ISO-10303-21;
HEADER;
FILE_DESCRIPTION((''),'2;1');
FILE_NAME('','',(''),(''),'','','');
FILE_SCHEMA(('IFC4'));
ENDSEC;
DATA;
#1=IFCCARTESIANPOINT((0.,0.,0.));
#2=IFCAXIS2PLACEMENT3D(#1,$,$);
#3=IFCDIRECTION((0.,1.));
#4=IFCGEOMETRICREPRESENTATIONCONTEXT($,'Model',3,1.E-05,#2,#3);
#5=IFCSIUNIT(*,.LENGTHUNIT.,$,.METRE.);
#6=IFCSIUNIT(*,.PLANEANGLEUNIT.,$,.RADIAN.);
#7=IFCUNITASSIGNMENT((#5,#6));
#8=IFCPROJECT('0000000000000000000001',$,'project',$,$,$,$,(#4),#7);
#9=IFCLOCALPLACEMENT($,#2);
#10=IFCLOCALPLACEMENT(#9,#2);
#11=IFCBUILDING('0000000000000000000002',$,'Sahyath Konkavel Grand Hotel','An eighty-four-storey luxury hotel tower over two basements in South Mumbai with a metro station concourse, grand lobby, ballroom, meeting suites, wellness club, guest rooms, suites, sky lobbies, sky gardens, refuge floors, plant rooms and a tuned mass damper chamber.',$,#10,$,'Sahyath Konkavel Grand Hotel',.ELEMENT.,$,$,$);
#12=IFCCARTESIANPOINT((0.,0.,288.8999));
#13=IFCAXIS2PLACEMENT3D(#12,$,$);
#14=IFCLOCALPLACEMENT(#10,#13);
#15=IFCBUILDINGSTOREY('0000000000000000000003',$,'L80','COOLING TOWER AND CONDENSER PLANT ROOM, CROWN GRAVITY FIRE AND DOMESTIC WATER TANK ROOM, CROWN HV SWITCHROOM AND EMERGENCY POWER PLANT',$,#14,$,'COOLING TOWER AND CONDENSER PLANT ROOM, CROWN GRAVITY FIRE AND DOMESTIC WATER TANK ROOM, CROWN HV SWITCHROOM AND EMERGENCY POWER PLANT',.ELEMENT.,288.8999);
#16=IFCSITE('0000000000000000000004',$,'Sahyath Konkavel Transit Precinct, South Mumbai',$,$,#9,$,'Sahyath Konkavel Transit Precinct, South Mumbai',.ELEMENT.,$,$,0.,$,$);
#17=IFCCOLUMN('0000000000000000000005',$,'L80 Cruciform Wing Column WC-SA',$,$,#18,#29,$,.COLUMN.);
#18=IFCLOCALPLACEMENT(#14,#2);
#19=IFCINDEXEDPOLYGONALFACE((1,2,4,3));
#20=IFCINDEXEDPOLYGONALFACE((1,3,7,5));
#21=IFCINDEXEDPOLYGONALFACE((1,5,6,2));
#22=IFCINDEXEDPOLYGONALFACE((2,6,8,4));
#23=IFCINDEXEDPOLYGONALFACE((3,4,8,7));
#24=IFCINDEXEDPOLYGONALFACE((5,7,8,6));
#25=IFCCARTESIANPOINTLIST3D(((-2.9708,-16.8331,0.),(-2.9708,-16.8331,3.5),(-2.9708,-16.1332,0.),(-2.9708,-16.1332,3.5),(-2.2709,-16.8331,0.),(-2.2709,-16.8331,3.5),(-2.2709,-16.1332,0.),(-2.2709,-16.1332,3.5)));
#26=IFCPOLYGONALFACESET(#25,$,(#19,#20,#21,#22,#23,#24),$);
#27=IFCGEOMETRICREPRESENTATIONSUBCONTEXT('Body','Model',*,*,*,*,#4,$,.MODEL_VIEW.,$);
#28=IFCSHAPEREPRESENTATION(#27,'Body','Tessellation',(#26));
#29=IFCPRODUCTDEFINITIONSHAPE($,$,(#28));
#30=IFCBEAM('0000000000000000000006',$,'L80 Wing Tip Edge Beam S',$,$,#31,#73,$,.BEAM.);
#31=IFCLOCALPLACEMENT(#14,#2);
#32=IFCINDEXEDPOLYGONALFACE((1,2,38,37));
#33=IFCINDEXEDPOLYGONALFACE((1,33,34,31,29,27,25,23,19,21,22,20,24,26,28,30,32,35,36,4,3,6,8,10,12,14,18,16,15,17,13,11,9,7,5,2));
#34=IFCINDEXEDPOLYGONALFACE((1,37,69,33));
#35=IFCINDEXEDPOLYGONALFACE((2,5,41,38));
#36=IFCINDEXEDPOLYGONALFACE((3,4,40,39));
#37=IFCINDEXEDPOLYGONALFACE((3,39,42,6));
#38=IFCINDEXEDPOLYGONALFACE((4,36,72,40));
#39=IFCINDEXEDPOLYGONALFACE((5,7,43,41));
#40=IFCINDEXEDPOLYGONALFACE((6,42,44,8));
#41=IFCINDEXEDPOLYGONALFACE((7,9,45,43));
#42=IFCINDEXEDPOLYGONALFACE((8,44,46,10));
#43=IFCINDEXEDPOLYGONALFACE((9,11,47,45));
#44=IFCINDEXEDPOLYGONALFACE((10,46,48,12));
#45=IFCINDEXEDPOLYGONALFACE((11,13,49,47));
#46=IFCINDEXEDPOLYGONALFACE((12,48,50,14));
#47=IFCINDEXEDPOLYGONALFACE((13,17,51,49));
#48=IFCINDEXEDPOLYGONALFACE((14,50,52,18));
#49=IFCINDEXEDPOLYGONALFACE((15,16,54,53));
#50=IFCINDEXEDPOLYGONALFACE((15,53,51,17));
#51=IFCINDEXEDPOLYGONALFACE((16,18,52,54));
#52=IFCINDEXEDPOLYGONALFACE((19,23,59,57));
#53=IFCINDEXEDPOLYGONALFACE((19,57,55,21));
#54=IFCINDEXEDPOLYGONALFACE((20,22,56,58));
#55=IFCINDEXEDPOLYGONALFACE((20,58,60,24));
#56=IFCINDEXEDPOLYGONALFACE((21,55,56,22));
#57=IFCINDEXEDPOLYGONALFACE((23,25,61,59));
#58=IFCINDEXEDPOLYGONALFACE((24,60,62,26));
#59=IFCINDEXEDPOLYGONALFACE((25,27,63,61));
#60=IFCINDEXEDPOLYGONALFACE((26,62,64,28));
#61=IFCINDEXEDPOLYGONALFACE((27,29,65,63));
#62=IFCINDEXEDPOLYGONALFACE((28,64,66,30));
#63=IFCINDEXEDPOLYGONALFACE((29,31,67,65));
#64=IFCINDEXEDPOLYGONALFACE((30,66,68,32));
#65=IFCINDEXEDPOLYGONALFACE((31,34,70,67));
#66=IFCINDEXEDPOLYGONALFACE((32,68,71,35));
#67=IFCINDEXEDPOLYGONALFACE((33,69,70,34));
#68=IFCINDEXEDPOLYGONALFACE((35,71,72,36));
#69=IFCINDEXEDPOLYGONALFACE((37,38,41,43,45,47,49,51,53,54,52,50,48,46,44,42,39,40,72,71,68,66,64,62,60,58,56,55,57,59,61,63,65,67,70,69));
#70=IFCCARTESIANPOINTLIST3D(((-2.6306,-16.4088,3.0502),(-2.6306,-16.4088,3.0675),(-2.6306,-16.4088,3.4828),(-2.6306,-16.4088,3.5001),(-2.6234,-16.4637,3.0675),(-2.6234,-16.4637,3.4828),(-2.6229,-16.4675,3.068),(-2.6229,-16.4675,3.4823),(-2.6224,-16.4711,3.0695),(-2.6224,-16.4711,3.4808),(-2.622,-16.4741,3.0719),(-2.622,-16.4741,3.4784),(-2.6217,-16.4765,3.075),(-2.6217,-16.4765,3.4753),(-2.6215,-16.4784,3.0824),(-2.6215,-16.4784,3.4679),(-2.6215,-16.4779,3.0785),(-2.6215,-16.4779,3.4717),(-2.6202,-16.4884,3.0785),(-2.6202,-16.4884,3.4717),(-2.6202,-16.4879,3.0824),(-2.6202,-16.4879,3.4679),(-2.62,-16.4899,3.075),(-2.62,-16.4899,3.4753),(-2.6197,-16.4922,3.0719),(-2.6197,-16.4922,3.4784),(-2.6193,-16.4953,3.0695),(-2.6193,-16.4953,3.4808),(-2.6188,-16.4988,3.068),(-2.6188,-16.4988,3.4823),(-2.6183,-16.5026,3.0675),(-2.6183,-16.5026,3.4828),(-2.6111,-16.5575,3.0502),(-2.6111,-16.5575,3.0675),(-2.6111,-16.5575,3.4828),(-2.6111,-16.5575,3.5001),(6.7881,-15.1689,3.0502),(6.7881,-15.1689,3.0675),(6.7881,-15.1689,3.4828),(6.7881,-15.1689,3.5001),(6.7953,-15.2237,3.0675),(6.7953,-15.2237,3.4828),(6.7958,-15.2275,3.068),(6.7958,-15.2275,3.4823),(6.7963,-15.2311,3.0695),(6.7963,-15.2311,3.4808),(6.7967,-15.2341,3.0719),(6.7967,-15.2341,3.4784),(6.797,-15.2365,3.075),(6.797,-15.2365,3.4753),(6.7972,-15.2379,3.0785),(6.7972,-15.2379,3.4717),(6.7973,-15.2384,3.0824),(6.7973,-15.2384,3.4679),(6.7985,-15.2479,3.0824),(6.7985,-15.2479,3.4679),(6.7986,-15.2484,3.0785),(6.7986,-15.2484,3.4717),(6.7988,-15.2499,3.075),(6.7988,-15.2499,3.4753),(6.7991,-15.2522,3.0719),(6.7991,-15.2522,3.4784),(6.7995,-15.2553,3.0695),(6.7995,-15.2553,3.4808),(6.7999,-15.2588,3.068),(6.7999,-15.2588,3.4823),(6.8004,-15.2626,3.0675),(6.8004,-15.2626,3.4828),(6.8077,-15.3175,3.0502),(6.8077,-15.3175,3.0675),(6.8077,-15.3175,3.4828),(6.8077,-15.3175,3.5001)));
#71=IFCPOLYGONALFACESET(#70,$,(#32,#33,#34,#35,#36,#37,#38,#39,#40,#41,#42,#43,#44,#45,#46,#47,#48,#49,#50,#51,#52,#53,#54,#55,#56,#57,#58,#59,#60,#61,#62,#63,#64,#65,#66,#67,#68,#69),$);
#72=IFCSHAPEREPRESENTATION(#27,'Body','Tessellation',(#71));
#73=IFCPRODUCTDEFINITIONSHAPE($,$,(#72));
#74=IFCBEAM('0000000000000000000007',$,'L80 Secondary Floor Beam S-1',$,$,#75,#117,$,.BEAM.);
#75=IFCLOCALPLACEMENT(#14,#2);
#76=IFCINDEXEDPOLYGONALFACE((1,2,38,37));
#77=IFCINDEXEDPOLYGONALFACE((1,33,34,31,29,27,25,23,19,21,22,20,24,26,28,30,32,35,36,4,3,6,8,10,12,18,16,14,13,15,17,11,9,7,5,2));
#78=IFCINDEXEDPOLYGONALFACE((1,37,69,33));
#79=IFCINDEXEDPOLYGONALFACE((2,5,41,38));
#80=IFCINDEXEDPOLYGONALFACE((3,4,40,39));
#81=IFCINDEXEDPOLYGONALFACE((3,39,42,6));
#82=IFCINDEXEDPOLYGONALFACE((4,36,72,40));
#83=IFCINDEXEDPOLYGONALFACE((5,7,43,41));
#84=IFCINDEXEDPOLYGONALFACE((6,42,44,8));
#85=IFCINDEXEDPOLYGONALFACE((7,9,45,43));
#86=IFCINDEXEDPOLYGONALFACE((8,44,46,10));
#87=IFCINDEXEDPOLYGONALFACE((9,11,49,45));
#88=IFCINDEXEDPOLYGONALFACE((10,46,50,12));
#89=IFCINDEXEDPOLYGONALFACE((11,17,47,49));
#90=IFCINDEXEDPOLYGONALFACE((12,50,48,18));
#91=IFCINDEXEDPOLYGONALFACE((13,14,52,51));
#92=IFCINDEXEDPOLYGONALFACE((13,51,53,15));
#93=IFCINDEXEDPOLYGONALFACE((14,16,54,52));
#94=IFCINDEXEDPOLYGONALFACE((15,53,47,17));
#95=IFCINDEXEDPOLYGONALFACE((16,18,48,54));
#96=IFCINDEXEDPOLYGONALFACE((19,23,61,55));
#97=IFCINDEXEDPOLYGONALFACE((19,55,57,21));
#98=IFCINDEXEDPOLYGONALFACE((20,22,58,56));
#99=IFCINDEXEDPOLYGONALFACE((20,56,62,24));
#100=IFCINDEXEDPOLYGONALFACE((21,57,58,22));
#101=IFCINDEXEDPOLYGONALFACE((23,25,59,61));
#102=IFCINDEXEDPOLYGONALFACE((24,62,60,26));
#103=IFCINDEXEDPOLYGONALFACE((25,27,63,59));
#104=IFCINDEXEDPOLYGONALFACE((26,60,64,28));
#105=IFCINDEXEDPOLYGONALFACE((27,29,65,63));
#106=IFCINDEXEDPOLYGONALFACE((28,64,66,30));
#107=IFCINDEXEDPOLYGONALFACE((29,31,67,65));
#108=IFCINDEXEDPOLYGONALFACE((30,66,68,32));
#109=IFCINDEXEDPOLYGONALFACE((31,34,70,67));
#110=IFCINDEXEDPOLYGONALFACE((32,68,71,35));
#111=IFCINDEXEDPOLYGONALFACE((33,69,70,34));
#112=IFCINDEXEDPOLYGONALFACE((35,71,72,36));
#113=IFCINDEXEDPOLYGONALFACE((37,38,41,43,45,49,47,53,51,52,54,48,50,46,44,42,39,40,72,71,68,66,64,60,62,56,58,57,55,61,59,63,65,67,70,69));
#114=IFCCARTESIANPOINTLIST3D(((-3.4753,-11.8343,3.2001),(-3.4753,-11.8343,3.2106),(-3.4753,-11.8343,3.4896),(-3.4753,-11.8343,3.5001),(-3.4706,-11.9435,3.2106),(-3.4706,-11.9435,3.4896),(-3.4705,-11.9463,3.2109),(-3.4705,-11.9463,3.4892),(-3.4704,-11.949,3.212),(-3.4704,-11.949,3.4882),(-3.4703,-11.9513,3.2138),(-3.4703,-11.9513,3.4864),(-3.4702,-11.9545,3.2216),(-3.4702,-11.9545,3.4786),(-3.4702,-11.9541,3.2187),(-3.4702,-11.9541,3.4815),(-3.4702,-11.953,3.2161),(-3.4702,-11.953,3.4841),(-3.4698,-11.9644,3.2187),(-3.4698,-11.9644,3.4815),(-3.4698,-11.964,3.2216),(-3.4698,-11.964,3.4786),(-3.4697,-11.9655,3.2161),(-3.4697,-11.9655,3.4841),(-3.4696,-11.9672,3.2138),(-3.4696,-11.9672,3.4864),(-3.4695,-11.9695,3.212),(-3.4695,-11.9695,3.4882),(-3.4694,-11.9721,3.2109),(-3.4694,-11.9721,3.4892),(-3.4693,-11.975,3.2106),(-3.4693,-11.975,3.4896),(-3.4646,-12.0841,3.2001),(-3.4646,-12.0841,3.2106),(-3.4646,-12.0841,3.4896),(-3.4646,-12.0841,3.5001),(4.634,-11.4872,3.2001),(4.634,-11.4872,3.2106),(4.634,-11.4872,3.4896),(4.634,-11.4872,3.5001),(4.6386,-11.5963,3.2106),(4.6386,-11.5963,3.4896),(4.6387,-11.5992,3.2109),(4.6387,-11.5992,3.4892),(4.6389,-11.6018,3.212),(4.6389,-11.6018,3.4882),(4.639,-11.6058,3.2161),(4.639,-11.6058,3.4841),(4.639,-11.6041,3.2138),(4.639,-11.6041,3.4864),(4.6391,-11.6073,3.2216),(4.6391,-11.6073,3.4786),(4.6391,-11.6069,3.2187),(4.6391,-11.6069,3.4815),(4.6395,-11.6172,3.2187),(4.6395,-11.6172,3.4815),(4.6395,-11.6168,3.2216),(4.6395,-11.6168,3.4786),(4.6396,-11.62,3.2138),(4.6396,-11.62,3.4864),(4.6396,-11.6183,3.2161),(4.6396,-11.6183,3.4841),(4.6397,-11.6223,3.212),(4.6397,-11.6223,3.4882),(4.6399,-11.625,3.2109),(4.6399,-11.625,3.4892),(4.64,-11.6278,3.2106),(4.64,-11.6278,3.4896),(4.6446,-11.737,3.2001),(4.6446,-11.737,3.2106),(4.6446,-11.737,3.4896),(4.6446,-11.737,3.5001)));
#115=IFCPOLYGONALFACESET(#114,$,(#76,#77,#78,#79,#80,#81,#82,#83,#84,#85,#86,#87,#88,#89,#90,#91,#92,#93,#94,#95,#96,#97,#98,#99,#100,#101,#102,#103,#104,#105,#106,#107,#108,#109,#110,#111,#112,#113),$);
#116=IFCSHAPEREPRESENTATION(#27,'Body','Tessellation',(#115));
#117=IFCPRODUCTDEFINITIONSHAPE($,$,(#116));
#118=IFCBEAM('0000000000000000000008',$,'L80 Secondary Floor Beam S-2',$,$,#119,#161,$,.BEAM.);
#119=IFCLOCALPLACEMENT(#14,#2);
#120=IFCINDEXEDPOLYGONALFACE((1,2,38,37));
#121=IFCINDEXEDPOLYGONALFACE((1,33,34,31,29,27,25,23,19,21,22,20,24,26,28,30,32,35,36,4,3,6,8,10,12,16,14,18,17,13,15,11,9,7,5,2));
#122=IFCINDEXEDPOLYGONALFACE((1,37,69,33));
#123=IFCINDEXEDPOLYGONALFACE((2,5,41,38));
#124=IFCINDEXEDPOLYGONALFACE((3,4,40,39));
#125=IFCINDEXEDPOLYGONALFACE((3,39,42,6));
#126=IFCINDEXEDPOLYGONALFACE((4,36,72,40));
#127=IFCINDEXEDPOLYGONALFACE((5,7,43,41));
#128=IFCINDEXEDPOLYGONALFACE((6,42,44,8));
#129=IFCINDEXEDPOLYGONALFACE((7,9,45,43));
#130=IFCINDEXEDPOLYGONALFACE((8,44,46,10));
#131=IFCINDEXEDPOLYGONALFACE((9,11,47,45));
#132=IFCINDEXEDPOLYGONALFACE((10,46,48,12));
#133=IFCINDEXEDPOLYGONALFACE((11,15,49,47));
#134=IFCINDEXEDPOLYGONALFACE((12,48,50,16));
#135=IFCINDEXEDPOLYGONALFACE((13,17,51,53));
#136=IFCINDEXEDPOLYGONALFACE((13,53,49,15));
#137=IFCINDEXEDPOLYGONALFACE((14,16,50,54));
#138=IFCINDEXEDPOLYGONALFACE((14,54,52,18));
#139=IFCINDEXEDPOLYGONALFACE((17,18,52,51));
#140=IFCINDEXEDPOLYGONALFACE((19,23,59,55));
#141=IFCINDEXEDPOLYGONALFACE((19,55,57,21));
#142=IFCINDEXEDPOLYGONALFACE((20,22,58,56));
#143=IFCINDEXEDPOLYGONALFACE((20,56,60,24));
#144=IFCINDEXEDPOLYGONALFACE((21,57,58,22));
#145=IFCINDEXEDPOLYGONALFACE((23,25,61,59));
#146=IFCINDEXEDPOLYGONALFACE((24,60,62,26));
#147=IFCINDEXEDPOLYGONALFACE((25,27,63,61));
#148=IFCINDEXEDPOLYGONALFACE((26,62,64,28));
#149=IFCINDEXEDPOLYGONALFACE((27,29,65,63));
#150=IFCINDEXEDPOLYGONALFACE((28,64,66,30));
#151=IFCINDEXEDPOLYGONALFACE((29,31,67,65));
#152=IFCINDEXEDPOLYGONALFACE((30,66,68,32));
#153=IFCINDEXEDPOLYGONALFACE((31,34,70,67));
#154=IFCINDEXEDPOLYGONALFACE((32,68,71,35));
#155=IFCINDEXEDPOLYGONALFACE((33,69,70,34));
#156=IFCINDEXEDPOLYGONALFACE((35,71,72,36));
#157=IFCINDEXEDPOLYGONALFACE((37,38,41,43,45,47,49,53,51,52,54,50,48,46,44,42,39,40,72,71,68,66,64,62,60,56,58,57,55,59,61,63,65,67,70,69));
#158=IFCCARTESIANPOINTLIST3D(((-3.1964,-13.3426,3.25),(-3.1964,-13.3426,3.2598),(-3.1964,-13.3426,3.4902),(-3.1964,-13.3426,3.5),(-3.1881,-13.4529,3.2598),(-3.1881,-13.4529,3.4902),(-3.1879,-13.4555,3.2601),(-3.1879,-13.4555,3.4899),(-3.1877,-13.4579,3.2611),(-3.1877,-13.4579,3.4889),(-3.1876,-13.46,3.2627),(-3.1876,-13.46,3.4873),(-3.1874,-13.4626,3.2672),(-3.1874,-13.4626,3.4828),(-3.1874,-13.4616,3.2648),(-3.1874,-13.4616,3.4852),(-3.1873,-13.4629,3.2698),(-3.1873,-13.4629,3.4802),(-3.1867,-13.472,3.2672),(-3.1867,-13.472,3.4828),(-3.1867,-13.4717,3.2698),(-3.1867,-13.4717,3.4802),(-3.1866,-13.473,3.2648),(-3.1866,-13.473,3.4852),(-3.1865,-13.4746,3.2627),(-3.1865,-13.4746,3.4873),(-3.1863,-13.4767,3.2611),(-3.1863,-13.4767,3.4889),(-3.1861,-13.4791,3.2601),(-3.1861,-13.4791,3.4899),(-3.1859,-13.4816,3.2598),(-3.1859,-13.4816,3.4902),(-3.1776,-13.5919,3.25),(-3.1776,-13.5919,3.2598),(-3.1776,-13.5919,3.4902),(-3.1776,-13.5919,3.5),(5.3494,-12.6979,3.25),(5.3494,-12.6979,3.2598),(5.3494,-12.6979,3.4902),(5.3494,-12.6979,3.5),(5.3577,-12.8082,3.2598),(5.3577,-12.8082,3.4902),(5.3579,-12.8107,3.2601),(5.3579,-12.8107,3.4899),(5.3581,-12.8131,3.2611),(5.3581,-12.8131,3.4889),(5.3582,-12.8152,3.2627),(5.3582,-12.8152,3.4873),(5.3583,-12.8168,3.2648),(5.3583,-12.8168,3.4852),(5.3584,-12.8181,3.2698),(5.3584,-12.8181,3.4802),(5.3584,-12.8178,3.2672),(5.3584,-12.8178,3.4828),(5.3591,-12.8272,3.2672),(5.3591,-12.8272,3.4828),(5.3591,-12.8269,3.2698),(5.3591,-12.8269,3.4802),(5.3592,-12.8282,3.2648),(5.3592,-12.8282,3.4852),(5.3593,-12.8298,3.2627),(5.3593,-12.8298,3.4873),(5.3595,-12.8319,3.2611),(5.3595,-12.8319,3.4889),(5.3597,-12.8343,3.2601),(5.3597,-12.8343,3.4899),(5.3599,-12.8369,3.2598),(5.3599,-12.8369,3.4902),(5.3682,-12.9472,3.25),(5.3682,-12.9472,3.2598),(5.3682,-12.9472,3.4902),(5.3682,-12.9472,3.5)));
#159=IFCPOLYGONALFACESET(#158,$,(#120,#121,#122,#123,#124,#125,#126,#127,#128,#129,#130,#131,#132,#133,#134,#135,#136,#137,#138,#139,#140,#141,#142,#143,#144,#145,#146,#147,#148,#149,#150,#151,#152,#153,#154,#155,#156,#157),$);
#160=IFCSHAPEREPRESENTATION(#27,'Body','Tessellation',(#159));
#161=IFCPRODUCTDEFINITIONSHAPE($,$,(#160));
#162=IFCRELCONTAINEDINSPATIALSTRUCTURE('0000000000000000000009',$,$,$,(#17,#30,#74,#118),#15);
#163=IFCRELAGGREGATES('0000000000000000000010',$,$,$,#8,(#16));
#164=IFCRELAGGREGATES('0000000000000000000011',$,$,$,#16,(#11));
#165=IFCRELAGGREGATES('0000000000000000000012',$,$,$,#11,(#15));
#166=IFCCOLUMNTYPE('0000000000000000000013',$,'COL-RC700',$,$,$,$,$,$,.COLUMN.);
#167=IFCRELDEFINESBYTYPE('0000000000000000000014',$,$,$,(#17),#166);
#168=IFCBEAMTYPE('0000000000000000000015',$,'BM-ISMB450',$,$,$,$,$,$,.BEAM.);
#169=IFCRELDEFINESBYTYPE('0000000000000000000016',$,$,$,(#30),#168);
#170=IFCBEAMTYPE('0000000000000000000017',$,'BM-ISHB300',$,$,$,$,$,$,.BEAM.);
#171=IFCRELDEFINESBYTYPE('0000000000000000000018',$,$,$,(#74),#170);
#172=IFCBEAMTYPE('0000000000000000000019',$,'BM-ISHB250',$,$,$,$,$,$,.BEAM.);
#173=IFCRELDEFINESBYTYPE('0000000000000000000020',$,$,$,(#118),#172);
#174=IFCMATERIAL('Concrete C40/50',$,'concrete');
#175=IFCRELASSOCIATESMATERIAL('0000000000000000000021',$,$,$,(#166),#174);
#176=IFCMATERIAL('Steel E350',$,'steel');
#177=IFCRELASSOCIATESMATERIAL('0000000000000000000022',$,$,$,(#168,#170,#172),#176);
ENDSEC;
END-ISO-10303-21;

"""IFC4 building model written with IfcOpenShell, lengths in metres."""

from ifc_helpers import new_model, si_unit, direction, frame, origin, origin_2d, place, context, subcontext, project, spatial, rectangle, i_section, extrude, source, transform, mapped, material, material_profile, profile_set, type_object, element, save


model = new_model("IFC4")

# Units and contexts
model_context = context("Model", 3, precision=1e-05, world=origin(), true_north=direction((0.0, 1.0)))
body_context = subcontext(model_context, "Body", "Model", "MODEL_VIEW")
ifc_project = project(units=[si_unit("LENGTHUNIT", "METRE"), si_unit("PLANEANGLEUNIT", "RADIAN")], contexts=[model_context])

# Site, building, storey
site_placement = place(None, origin())
site = spatial("IfcSite", under=ifc_project, at=site_placement, Name="Sahyath Konkavel Transit Precinct, South Mumbai", LongName="Sahyath Konkavel Transit Precinct, South Mumbai", CompositionType="ELEMENT", RefElevation=0.0)
building_placement = place(site_placement, origin())
building = spatial("IfcBuilding", under=site, at=building_placement, Name="Sahyath Konkavel Grand Hotel", Description="An eighty-four-storey luxury hotel tower over two basements in South Mumbai with a metro station concourse, grand lobby, ballroom, meeting suites, wellness club, guest rooms, suites, sky lobbies, sky gardens, refuge floors, plant rooms and a tuned mass damper chamber.", LongName="Sahyath Konkavel Grand Hotel", CompositionType="ELEMENT")
storey_placement = place(building_placement, frame((0.0, 0.0, 288.8999)))
storey = spatial("IfcBuildingStorey", under=building, at=storey_placement, Name="L80", Description="COOLING TOWER AND CONDENSER PLANT ROOM, CROWN GRAVITY FIRE AND DOMESTIC WATER TANK ROOM, CROWN HV SWITCHROOM AND EMERGENCY POWER PLANT", LongName="COOLING TOWER AND CONDENSER PLANT ROOM, CROWN GRAVITY FIRE AND DOMESTIC WATER TANK ROOM, CROWN HV SWITCHROOM AND EMERGENCY POWER PLANT", CompositionType="ELEMENT", Elevation=288.8999)

# Column
ifc_material_1 = material(Name="Concrete C40/50", Category="concrete")
ifc_material_profile_1 = material_profile(ifc_material_1, rectangle(XDim=0.7, YDim=0.7, at=origin_2d()), Name="RC 700x700")
ifc_profile_set_1 = profile_set([ifc_material_profile_1], Name="Concrete C40/50")
column_type = type_object("IfcColumnType", Name="COL-RC700", PredefinedType="COLUMN", material=ifc_profile_set_1)
shared_shape_1 = source(origin(), body_context, "Body", "SweptSolid", [
    extrude(rectangle(XDim=0.7, YDim=0.7, at=origin_2d()), origin(), (0.0, 0.0, 1.0), 3.5),
])
column_placement = place(storey_placement, frame((-2.6208, -16.4832, 0.0), z_axis=(0.0, 0.0, 1.0), x_axis=(1.0, 0.0, 0.0)))
element("IfcColumn", 1, at=column_placement, inside=storey, type_object=column_type, Name="L80 Cruciform Wing Column WC-SA", PredefinedType="COLUMN", context=body_context, shape_type="MappedRepresentation", body=[
    mapped(shared_shape_1, transform((0.0, 0.0, 0.0), scale=1.0)),
])

# Beams
ifc_material_2 = material(Name="Steel E350", Category="steel")
ifc_material_profile_2 = material_profile(ifc_material_2, i_section(OverallWidth=0.1499, OverallDepth=0.45, WebThickness=0.0095, FlangeThickness=0.0173, FilletRadius=0.0149, at=origin_2d()), Name="ISMB 450")
ifc_profile_set_2 = profile_set([ifc_material_profile_2], Name="Steel E350")
beam_type_1 = type_object("IfcBeamType", Name="BM-ISMB450", PredefinedType="BEAM", material=ifc_profile_set_2)
shared_shape_2 = source(origin(), body_context, "Body", "SweptSolid", [
    extrude(i_section(OverallWidth=0.1499, OverallDepth=0.45, WebThickness=0.0095, FlangeThickness=0.0173, FilletRadius=0.0149, at=origin_2d()), origin(), (0.0, 0.0, 1.0), 9.5),
])
beam_1_placement = place(storey_placement, frame((-2.6208, -16.4832, 3.2751), z_axis=(0.991445, 0.130526, 0.0), x_axis=(-0.130526, 0.991445, 0.0)))
element("IfcBeam", 2, at=beam_1_placement, inside=storey, type_object=beam_type_1, Name="L80 Wing Tip Edge Beam S", PredefinedType="BEAM", context=body_context, shape_type="MappedRepresentation", body=[
    mapped(shared_shape_2, transform((0.0, 0.0, 0.0), scale=1.0)),
])
ifc_material_profile_3 = material_profile(ifc_material_2, i_section(OverallWidth=0.25, OverallDepth=0.3, WebThickness=0.0095, FlangeThickness=0.0105, FilletRadius=0.011, at=origin_2d()), Name="ISHB 300")
ifc_profile_set_3 = profile_set([ifc_material_profile_3], Name="Steel E350")
beam_type_2 = type_object("IfcBeamType", Name="BM-ISHB300", PredefinedType="BEAM", material=ifc_profile_set_3)
shared_shape_3 = source(origin(), body_context, "Body", "SweptSolid", [
    extrude(i_section(OverallWidth=0.25, OverallDepth=0.3, WebThickness=0.0095, FlangeThickness=0.0105, FilletRadius=0.011, at=origin_2d()), origin(), (0.0, 0.0, 1.0), 8.1167),
])
beam_2_placement = place(storey_placement, frame((-3.47, -11.9592, 3.3501), z_axis=(0.999085, 0.042772, 0.0), x_axis=(-0.042772, 0.999085, 0.0)))
element("IfcBeam", 3, at=beam_2_placement, inside=storey, type_object=beam_type_2, Name="L80 Secondary Floor Beam S-1", PredefinedType="BEAM", context=body_context, shape_type="MappedRepresentation", body=[
    mapped(shared_shape_3, transform((0.0, 0.0, 0.0), scale=1.0)),
])
ifc_material_profile_4 = material_profile(ifc_material_2, i_section(OverallWidth=0.25, OverallDepth=0.25, WebThickness=0.0088, FlangeThickness=0.0098, FilletRadius=0.01, at=origin_2d()), Name="ISHB 250")
ifc_profile_set_4 = profile_set([ifc_material_profile_4], Name="Steel E350")
beam_type_3 = type_object("IfcBeamType", Name="BM-ISHB250", PredefinedType="BEAM", material=ifc_profile_set_4)
shared_shape_4 = source(origin(), body_context, "Body", "SweptSolid", [
    extrude(i_section(OverallWidth=0.25, OverallDepth=0.25, WebThickness=0.0088, FlangeThickness=0.0098, FilletRadius=0.01, at=origin_2d()), origin(), (0.0, 0.0, 1.0), 8.5701),
])
beam_3_placement = place(storey_placement, frame((-3.187, -13.4673, 3.375), z_axis=(0.997166, 0.075235, 0.0), x_axis=(-0.075235, 0.997166, 0.0)))
element("IfcBeam", 4, at=beam_3_placement, inside=storey, type_object=beam_type_3, Name="L80 Secondary Floor Beam S-2", PredefinedType="BEAM", context=body_context, shape_type="MappedRepresentation", body=[
    mapped(shared_shape_4, transform((0.0, 0.0, 0.0), scale=1.0)),
])

save(model, "model.ifc")
